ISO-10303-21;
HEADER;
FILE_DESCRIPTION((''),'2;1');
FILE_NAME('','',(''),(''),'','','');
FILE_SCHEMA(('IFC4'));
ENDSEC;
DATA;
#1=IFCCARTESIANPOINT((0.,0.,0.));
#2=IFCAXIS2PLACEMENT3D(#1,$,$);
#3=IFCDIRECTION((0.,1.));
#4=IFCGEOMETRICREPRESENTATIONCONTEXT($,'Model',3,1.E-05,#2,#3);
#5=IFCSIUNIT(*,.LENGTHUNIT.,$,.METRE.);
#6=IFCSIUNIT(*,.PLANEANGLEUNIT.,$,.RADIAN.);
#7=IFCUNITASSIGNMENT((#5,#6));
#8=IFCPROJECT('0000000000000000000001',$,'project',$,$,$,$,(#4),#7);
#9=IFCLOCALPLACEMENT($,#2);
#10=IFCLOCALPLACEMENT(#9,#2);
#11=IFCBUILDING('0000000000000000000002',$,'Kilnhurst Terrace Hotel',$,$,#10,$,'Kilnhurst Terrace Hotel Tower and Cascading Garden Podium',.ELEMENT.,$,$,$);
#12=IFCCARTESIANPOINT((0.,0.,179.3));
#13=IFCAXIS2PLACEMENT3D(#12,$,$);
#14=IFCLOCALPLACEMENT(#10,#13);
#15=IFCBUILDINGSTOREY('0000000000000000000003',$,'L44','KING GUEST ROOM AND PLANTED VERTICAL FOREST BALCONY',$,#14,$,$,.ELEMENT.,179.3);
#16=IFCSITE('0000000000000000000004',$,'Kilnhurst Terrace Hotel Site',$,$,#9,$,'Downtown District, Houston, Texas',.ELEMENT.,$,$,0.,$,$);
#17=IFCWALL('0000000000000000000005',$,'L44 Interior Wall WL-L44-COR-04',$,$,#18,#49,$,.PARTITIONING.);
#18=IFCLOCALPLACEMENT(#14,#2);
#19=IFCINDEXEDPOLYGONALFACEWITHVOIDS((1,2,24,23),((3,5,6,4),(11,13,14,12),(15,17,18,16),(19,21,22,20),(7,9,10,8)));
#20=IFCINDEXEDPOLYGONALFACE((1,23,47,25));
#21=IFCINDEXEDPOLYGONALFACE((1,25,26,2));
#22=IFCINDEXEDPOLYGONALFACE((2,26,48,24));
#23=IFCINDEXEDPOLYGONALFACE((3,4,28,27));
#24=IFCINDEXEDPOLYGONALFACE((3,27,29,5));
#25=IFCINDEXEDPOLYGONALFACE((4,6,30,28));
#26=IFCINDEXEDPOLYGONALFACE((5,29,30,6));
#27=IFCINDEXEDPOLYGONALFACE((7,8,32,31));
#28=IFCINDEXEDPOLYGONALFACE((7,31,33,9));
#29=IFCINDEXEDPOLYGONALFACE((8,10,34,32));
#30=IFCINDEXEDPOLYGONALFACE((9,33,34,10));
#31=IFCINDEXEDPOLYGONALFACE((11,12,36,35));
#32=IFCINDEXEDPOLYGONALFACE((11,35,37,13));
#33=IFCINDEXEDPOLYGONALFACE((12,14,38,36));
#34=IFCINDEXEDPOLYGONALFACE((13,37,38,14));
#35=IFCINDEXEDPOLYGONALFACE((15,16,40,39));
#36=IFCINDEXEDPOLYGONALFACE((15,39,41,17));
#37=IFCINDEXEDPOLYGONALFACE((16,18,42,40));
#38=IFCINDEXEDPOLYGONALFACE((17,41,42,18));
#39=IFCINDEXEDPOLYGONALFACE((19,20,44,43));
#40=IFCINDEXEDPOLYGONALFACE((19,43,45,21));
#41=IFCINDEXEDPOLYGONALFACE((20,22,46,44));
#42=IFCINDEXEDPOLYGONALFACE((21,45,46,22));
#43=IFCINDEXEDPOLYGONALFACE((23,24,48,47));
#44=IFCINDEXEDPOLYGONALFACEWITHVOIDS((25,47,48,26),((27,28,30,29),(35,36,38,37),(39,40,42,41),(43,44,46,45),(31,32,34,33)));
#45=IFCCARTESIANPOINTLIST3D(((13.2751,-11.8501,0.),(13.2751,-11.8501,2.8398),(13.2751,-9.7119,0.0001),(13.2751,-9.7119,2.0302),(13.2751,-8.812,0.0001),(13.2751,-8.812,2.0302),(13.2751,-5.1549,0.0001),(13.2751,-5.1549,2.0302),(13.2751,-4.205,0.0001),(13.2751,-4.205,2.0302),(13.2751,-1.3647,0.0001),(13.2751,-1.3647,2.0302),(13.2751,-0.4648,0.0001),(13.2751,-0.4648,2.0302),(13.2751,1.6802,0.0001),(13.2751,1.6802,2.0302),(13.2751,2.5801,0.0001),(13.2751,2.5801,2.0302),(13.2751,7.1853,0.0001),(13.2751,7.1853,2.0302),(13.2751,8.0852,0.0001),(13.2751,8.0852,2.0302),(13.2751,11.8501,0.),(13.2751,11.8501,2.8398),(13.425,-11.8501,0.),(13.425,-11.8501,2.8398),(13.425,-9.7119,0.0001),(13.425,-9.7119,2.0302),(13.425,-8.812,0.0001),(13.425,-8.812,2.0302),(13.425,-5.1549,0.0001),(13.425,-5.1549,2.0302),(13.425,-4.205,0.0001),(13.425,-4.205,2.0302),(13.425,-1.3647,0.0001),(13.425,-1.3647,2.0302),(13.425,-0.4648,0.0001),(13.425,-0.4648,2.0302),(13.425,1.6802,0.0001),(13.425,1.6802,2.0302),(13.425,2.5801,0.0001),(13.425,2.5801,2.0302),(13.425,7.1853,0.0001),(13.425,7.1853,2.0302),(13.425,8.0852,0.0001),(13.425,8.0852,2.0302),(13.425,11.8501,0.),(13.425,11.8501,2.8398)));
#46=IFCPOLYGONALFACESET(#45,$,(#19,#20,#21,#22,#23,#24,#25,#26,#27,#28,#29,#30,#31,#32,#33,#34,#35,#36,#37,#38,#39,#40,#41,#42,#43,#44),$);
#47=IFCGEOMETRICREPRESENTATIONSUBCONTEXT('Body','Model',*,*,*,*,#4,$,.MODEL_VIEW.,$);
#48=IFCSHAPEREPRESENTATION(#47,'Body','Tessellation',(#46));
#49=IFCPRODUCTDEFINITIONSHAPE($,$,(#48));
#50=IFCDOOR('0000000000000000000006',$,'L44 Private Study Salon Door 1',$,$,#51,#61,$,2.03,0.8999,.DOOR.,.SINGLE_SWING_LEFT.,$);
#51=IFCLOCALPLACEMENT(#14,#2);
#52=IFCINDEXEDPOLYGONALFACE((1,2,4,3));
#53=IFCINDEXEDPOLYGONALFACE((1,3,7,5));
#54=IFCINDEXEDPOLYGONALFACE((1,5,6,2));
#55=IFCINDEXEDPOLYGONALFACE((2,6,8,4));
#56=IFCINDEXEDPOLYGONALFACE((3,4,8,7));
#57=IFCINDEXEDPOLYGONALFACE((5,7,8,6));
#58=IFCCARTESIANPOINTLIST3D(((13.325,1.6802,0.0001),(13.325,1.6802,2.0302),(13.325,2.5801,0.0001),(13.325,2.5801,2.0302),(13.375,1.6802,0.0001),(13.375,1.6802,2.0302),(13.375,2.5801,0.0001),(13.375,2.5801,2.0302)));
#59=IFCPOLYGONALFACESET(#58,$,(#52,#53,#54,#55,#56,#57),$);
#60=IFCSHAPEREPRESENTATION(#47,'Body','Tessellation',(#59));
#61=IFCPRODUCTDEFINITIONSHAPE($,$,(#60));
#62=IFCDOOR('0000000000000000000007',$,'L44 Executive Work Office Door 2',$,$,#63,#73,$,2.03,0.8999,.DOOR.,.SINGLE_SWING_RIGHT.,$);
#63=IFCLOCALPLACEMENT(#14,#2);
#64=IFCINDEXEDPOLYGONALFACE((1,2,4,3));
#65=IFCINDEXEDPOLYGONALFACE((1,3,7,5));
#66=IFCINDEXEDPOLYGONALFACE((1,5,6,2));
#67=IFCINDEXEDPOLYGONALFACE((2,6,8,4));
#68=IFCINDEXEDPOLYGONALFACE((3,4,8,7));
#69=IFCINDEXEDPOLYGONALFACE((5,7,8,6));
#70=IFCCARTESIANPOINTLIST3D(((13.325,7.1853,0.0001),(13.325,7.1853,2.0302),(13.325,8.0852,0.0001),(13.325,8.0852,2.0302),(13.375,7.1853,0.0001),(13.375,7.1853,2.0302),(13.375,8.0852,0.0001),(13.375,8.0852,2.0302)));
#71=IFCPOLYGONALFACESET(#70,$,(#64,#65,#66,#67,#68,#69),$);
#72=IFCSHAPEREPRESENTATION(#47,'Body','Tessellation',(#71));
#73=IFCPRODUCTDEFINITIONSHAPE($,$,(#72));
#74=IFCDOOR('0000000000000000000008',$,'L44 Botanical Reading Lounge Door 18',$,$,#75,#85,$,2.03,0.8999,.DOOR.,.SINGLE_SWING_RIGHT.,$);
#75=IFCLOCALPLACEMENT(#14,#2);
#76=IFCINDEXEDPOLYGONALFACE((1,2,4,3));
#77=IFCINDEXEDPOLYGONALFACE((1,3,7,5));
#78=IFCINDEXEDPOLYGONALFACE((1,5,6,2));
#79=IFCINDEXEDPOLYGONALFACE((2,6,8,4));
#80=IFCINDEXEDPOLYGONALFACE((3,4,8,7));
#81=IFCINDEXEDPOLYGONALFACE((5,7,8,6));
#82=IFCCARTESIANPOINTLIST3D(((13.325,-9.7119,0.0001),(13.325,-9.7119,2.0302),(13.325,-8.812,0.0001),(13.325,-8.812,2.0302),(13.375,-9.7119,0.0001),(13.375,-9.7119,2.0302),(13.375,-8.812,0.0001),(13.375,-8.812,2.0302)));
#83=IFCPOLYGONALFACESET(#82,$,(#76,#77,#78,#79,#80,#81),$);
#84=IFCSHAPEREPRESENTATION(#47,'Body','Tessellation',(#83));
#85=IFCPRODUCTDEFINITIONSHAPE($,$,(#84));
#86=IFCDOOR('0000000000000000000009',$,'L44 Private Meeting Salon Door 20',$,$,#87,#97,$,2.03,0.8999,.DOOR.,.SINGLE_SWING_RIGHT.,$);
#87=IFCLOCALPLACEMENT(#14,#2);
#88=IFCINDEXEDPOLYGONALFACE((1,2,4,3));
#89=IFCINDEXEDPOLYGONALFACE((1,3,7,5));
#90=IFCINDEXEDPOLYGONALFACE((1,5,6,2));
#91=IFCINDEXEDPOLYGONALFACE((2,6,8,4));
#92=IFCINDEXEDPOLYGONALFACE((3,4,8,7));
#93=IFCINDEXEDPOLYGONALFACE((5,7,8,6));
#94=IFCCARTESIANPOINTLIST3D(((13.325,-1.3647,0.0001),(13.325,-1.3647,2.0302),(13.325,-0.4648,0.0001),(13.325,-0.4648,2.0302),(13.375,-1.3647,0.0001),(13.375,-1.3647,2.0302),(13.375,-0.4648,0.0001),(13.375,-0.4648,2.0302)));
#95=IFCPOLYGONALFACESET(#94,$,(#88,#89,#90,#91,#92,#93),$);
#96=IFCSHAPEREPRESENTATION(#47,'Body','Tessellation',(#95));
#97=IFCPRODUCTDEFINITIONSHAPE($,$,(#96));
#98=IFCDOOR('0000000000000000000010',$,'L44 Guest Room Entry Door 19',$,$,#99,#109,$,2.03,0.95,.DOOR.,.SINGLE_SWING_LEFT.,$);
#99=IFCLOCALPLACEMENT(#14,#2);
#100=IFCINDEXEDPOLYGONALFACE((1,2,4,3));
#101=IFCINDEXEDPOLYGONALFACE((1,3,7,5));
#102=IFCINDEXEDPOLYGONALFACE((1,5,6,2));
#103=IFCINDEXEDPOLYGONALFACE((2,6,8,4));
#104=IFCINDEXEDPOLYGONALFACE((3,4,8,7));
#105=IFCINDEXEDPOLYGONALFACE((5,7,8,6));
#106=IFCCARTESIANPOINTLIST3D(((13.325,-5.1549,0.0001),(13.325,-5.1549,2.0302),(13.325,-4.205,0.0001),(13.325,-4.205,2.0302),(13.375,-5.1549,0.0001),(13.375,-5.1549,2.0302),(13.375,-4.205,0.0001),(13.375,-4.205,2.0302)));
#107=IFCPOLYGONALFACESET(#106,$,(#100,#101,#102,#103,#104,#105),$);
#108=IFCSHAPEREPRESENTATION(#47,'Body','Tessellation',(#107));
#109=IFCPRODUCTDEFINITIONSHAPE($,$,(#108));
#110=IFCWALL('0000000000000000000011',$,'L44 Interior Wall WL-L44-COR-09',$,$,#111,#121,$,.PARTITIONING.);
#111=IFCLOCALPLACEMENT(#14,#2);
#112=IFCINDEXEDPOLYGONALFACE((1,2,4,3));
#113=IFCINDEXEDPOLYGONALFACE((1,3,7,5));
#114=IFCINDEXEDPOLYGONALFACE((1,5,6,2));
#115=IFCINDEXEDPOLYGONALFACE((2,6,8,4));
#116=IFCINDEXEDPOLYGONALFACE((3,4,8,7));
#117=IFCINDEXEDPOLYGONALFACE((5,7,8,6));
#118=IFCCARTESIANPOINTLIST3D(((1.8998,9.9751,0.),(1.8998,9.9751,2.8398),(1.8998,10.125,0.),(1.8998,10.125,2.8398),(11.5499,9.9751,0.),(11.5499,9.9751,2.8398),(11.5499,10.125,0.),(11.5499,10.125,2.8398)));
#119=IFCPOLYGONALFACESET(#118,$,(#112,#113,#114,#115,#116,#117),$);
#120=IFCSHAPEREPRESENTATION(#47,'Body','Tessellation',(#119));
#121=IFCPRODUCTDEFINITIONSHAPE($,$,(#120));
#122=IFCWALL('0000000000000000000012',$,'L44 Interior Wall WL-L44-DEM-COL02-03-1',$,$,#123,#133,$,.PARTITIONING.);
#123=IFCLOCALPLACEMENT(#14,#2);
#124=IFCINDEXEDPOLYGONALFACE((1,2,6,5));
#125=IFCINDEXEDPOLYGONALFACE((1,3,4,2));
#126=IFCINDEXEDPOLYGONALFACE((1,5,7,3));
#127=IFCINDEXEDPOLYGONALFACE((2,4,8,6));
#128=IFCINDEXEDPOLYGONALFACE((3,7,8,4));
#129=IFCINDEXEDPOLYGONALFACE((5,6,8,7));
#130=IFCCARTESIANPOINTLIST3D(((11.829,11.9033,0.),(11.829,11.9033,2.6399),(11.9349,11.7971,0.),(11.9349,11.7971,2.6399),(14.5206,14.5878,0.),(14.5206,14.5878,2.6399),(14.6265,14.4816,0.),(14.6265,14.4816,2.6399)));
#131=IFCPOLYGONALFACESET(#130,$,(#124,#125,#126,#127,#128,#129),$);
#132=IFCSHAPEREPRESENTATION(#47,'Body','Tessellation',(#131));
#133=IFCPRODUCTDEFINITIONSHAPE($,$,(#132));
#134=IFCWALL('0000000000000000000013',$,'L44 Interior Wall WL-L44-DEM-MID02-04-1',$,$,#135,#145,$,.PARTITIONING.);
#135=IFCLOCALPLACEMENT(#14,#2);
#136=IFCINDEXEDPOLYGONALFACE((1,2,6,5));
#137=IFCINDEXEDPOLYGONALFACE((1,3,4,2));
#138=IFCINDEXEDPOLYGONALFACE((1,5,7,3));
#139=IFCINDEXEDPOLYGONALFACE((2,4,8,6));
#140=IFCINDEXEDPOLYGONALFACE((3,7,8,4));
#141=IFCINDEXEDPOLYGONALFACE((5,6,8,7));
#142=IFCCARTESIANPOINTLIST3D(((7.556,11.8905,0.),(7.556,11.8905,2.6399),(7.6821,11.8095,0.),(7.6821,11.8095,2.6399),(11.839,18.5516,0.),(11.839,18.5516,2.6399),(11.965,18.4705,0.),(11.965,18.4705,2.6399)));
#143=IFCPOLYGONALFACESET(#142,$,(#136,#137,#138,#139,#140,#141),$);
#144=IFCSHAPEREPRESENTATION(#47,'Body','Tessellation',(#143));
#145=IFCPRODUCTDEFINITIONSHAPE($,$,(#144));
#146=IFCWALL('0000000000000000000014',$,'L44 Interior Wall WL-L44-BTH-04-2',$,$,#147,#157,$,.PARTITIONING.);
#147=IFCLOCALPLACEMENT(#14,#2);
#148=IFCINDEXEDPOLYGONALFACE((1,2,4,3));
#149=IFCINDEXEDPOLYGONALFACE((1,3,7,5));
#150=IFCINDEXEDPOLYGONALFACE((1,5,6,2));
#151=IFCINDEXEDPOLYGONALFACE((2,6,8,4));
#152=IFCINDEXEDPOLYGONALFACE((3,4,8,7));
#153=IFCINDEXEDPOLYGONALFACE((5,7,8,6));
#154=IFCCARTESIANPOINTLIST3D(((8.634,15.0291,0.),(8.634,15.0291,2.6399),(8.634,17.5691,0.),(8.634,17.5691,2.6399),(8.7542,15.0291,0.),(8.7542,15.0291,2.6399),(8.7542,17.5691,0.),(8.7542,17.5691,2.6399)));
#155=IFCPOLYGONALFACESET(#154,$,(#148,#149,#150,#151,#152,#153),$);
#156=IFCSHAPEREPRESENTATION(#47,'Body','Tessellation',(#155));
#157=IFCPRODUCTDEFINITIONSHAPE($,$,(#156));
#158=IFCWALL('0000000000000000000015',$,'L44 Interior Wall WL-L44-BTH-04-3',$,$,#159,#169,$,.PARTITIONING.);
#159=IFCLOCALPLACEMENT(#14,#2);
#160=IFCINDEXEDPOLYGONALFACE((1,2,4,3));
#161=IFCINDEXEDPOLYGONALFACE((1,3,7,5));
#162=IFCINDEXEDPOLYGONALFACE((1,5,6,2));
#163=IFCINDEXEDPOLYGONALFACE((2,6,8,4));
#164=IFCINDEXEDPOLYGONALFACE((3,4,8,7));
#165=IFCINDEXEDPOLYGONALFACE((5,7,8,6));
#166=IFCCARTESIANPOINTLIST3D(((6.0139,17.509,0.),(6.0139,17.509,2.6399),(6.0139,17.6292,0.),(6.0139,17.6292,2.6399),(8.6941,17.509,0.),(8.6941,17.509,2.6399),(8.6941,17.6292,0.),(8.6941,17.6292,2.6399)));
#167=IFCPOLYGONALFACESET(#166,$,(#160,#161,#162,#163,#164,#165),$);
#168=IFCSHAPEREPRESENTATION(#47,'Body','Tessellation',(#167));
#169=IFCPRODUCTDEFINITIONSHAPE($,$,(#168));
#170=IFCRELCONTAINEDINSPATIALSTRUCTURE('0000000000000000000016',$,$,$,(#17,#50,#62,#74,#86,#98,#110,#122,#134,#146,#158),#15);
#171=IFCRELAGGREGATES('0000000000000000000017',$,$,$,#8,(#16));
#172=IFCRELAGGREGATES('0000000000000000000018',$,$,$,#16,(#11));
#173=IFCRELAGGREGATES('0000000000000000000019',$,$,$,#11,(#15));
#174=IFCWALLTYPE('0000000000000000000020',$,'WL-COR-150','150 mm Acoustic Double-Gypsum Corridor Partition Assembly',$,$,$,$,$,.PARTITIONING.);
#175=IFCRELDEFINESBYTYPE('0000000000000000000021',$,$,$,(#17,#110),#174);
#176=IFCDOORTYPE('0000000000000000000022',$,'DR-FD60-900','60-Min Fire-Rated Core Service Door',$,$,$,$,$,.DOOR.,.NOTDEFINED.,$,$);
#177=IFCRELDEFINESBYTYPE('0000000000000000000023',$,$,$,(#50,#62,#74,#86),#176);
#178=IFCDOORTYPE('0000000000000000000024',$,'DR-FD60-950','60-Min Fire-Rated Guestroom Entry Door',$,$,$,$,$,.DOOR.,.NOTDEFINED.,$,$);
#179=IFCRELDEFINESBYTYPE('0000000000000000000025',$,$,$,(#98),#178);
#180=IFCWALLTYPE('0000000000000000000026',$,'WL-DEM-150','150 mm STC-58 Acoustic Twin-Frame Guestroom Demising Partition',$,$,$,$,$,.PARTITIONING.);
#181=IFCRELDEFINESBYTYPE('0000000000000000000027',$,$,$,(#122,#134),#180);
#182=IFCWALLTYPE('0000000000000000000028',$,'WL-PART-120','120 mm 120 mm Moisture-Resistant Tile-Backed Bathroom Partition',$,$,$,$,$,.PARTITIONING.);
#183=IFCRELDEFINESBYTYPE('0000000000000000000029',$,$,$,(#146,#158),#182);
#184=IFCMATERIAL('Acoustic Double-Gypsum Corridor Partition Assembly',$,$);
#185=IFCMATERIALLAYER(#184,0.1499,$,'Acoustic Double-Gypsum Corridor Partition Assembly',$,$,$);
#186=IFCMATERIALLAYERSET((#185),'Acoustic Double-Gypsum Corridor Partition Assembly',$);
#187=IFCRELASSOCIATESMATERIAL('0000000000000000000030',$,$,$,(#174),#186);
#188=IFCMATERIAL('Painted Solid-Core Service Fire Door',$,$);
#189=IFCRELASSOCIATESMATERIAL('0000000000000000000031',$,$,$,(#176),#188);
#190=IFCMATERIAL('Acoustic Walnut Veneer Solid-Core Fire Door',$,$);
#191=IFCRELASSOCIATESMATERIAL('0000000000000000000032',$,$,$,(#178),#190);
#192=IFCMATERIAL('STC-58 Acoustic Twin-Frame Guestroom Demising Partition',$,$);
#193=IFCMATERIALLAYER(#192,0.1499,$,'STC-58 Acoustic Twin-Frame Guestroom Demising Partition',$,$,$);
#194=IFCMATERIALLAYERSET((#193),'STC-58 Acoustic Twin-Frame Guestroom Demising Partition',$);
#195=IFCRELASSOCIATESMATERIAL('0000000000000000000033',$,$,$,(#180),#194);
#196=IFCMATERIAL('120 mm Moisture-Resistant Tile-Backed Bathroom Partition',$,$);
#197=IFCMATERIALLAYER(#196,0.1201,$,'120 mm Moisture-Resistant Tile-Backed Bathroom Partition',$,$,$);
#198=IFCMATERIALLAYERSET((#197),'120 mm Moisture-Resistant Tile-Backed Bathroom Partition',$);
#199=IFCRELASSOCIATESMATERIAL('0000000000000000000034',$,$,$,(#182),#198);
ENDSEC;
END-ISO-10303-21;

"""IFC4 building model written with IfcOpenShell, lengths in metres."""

from ifc_helpers import new_model, si_unit, direction, frame, frame_2d, origin, place, context, subcontext, project, spatial, rectangle, extrude, material, layer, layer_set, type_object, element, fill, save


model = new_model("IFC4")

# Units and contexts
model_context = context("Model", 3, precision=1e-05, world=origin(), true_north=direction((0.0, 1.0)))
body_context = subcontext(model_context, "Body", "Model", "MODEL_VIEW")
ifc_project = project(units=[si_unit("LENGTHUNIT", "METRE"), si_unit("PLANEANGLEUNIT", "RADIAN")], contexts=[model_context])

# Site, building, storey
site_placement = place(None, origin())
site = spatial("IfcSite", under=ifc_project, at=site_placement, Name="Kilnhurst Terrace Hotel Site", LongName="Downtown District, Houston, Texas", CompositionType="ELEMENT", RefElevation=0.0)
building_placement = place(site_placement, origin())
building = spatial("IfcBuilding", under=site, at=building_placement, Name="Kilnhurst Terrace Hotel", LongName="Kilnhurst Terrace Hotel Tower and Cascading Garden Podium", CompositionType="ELEMENT")
storey_placement = place(building_placement, frame((0.0, 0.0, 179.3)))
storey = spatial("IfcBuildingStorey", under=building, at=storey_placement, Name="L44", Description="KING GUEST ROOM AND PLANTED VERTICAL FOREST BALCONY", CompositionType="ELEMENT", Elevation=179.3)

# Wall, openings, doors
ifc_material_1 = material(Name="Acoustic Double-Gypsum Corridor Partition Assembly")
ifc_layer_1 = layer(ifc_material_1, 0.1499, Name="Acoustic Double-Gypsum Corridor Partition Assembly")
ifc_layer_set_1 = layer_set([ifc_layer_1], Name="Acoustic Double-Gypsum Corridor Partition Assembly")
wall_type_1 = type_object("IfcWallType", Name="WL-COR-150", Description="150 mm Acoustic Double-Gypsum Corridor Partition Assembly", PredefinedType="PARTITIONING", material=ifc_layer_set_1)
wall_1_placement = place(storey_placement, frame((13.3501, 11.8501, 0.0), z_axis=(0.0, 0.0, 1.0), x_axis=(0.0, -1.0, 0.0)))
wall_1 = element("IfcWall", 1, at=wall_1_placement, inside=storey, type_object=wall_type_1, Name="L44 Interior Wall WL-L44-COR-04", PredefinedType="PARTITIONING", context=body_context, shape_type="SweptSolid", body=[
    extrude(rectangle(XDim=23.7002, YDim=0.1499, at=frame_2d((11.8501, 0.0))), origin(), (0.0, 0.0, 1.0), 2.8398),
])
opening_1_placement = place(wall_1_placement, frame((9.27, 0.0, 0.0)))
opening_1 = element("IfcOpeningElement", 2, at=opening_1_placement, cuts=wall_1, PredefinedType="OPENING", context=body_context, shape_type="SweptSolid", body=[
    extrude(rectangle(XDim=0.8999, YDim=2.03, at=frame_2d((0.45, 1.0151))), frame((0.0, 0.085, 0.0), z_axis=(0.0, -1.0, 0.0), x_axis=(1.0, 0.0, 0.0)), (0.0, 0.0, 1.0), 0.1699),
])
opening_2_placement = place(wall_1_placement, frame((3.7649, 0.0, 0.0)))
opening_2 = element("IfcOpeningElement", 3, at=opening_2_placement, cuts=wall_1, PredefinedType="OPENING", context=body_context, shape_type="SweptSolid", body=[
    extrude(rectangle(XDim=0.8999, YDim=2.03, at=frame_2d((0.45, 1.0151))), frame((0.0, 0.085, 0.0), z_axis=(0.0, -1.0, 0.0), x_axis=(1.0, 0.0, 0.0)), (0.0, 0.0, 1.0), 0.1699),
])
opening_3_placement = place(wall_1_placement, frame((20.6621, 0.0, 0.0)))
opening_3 = element("IfcOpeningElement", 4, at=opening_3_placement, cuts=wall_1, PredefinedType="OPENING", context=body_context, shape_type="SweptSolid", body=[
    extrude(rectangle(XDim=0.8999, YDim=2.03, at=frame_2d((0.45, 1.0151))), frame((0.0, 0.085, 0.0), z_axis=(0.0, -1.0, 0.0), x_axis=(1.0, 0.0, 0.0)), (0.0, 0.0, 1.0), 0.1699),
])
opening_4_placement = place(wall_1_placement, frame((16.0549, 0.0, 0.0)))
opening_4 = element("IfcOpeningElement", 5, at=opening_4_placement, cuts=wall_1, PredefinedType="OPENING", context=body_context, shape_type="SweptSolid", body=[
    extrude(rectangle(XDim=0.95, YDim=2.03, at=frame_2d((0.4751, 1.0151))), frame((0.0, 0.085, 0.0), z_axis=(0.0, -1.0, 0.0), x_axis=(1.0, 0.0, 0.0)), (0.0, 0.0, 1.0), 0.1699),
])
opening_5_placement = place(wall_1_placement, frame((12.3149, 0.0, 0.0)))
opening_5 = element("IfcOpeningElement", 6, at=opening_5_placement, cuts=wall_1, PredefinedType="OPENING", context=body_context, shape_type="SweptSolid", body=[
    extrude(rectangle(XDim=0.8999, YDim=2.03, at=frame_2d((0.45, 1.0151))), frame((0.0, 0.085, 0.0), z_axis=(0.0, -1.0, 0.0), x_axis=(1.0, 0.0, 0.0)), (0.0, 0.0, 1.0), 0.1699),
])
ifc_material_2 = material(Name="Painted Solid-Core Service Fire Door")
door_type_1 = type_object("IfcDoorType", Name="DR-FD60-900", Description="60-Min Fire-Rated Core Service Door", OperationType="NOTDEFINED", PredefinedType="DOOR", material=ifc_material_2)
door_1_placement = place(opening_1_placement, origin())
door_1 = element("IfcDoor", 7, at=door_1_placement, inside=storey, type_object=door_type_1, Name="L44 Private Study Salon Door 1", OperationType="SINGLE_SWING_LEFT", OverallHeight=2.03, OverallWidth=0.8999, PredefinedType="DOOR", context=body_context, shape_type="SweptSolid", body=[
    extrude(rectangle(XDim=0.8999, YDim=2.03, at=frame_2d((0.45, 1.0151))), frame((0.0, 0.0249, 0.0), z_axis=(0.0, -1.0, 0.0), x_axis=(1.0, 0.0, 0.0)), (0.0, 0.0, 1.0), 0.05),
])
fill(opening_1, door_1)
door_2_placement = place(opening_2_placement, origin())
door_2 = element("IfcDoor", 8, at=door_2_placement, inside=storey, type_object=door_type_1, Name="L44 Executive Work Office Door 2", OperationType="SINGLE_SWING_RIGHT", OverallHeight=2.03, OverallWidth=0.8999, PredefinedType="DOOR", context=body_context, shape_type="SweptSolid", body=[
    extrude(rectangle(XDim=0.8999, YDim=2.03, at=frame_2d((0.45, 1.0151))), frame((0.0, 0.0249, 0.0), z_axis=(0.0, -1.0, 0.0), x_axis=(1.0, 0.0, 0.0)), (0.0, 0.0, 1.0), 0.05),
])
fill(opening_2, door_2)
door_3_placement = place(opening_3_placement, origin())
door_3 = element("IfcDoor", 9, at=door_3_placement, inside=storey, type_object=door_type_1, Name="L44 Botanical Reading Lounge Door 18", OperationType="SINGLE_SWING_RIGHT", OverallHeight=2.03, OverallWidth=0.8999, PredefinedType="DOOR", context=body_context, shape_type="SweptSolid", body=[
    extrude(rectangle(XDim=0.8999, YDim=2.03, at=frame_2d((0.45, 1.0151))), frame((0.0, 0.0249, 0.0), z_axis=(0.0, -1.0, 0.0), x_axis=(1.0, 0.0, 0.0)), (0.0, 0.0, 1.0), 0.05),
])
fill(opening_3, door_3)
door_4_placement = place(opening_5_placement, origin())
door_4 = element("IfcDoor", 10, at=door_4_placement, inside=storey, type_object=door_type_1, Name="L44 Private Meeting Salon Door 20", OperationType="SINGLE_SWING_RIGHT", OverallHeight=2.03, OverallWidth=0.8999, PredefinedType="DOOR", context=body_context, shape_type="SweptSolid", body=[
    extrude(rectangle(XDim=0.8999, YDim=2.03, at=frame_2d((0.45, 1.0151))), frame((0.0, 0.0249, 0.0), z_axis=(0.0, -1.0, 0.0), x_axis=(1.0, 0.0, 0.0)), (0.0, 0.0, 1.0), 0.05),
])
fill(opening_5, door_4)
ifc_material_3 = material(Name="Acoustic Walnut Veneer Solid-Core Fire Door")
door_type_2 = type_object("IfcDoorType", Name="DR-FD60-950", Description="60-Min Fire-Rated Guestroom Entry Door", OperationType="NOTDEFINED", PredefinedType="DOOR", material=ifc_material_3)
door_5_placement = place(opening_4_placement, origin())
door_5 = element("IfcDoor", 11, at=door_5_placement, inside=storey, type_object=door_type_2, Name="L44 Guest Room Entry Door 19", OperationType="SINGLE_SWING_LEFT", OverallHeight=2.03, OverallWidth=0.95, PredefinedType="DOOR", context=body_context, shape_type="SweptSolid", body=[
    extrude(rectangle(XDim=0.95, YDim=2.03, at=frame_2d((0.4751, 1.0151))), frame((0.0, 0.0249, 0.0), z_axis=(0.0, -1.0, 0.0), x_axis=(1.0, 0.0, 0.0)), (0.0, 0.0, 1.0), 0.05),
])
fill(opening_4, door_5)

# Walls
wall_2_placement = place(storey_placement, frame((11.55, 10.05, 0.0), z_axis=(0.0, 0.0, 1.0), x_axis=(-1.0, 0.0, 0.0)))
element("IfcWall", 12, at=wall_2_placement, inside=storey, type_object=wall_type_1, Name="L44 Interior Wall WL-L44-COR-09", PredefinedType="PARTITIONING", context=body_context, shape_type="SweptSolid", body=[
    extrude(rectangle(XDim=9.6501, YDim=0.1499, at=frame_2d((4.8252, 0.0))), origin(), (0.0, 0.0, 1.0), 2.8398),
])
ifc_material_4 = material(Name="STC-58 Acoustic Twin-Frame Guestroom Demising Partition")
ifc_layer_2 = layer(ifc_material_4, 0.1499, Name="STC-58 Acoustic Twin-Frame Guestroom Demising Partition")
ifc_layer_set_2 = layer_set([ifc_layer_2], Name="STC-58 Acoustic Twin-Frame Guestroom Demising Partition")
wall_type_2 = type_object("IfcWallType", Name="WL-DEM-150", Description="150 mm STC-58 Acoustic Twin-Frame Guestroom Demising Partition", PredefinedType="PARTITIONING", material=ifc_layer_set_2)
wall_3_placement = place(storey_placement, frame((11.8818, 11.8501, 0.0), z_axis=(0.0, 0.0, 1.0), x_axis=(0.708037, 0.706175, 0.0)))
element("IfcWall", 13, at=wall_3_placement, inside=storey, type_object=wall_type_2, Name="L44 Interior Wall WL-L44-DEM-COL02-03-1", PredefinedType="PARTITIONING", context=body_context, shape_type="SweptSolid", body=[
    extrude(rectangle(XDim=3.8015, YDim=0.1499, at=frame_2d((1.9009, 0.0))), origin(), (0.0, 0.0, 1.0), 2.6399),
])
wall_4_placement = place(storey_placement, frame((7.6191, 11.8501, 0.0), z_axis=(0.0, 0.0, 1.0), x_axis=(0.540829, 0.841132, 0.0)))
element("IfcWall", 14, at=wall_4_placement, inside=storey, type_object=wall_type_2, Name="L44 Interior Wall WL-L44-DEM-MID02-04-1", PredefinedType="PARTITIONING", context=body_context, shape_type="SweptSolid", body=[
    extrude(rectangle(XDim=7.9192, YDim=0.1499, at=frame_2d((3.9595, 0.0))), origin(), (0.0, 0.0, 1.0), 2.6399),
])
ifc_material_5 = material(Name="120 mm Moisture-Resistant Tile-Backed Bathroom Partition")
ifc_layer_3 = layer(ifc_material_5, 0.1201, Name="120 mm Moisture-Resistant Tile-Backed Bathroom Partition")
ifc_layer_set_3 = layer_set([ifc_layer_3], Name="120 mm Moisture-Resistant Tile-Backed Bathroom Partition")
wall_type_3 = type_object("IfcWallType", Name="WL-PART-120", Description="120 mm 120 mm Moisture-Resistant Tile-Backed Bathroom Partition", PredefinedType="PARTITIONING", material=ifc_layer_set_3)
wall_5_placement = place(storey_placement, frame((8.6941, 15.0291, 0.0), z_axis=(0.0, 0.0, 1.0), x_axis=(0.0, 1.0, 0.0)))
element("IfcWall", 15, at=wall_5_placement, inside=storey, type_object=wall_type_3, Name="L44 Interior Wall WL-L44-BTH-04-2", PredefinedType="PARTITIONING", context=body_context, shape_type="SweptSolid", body=[
    extrude(rectangle(XDim=2.54, YDim=0.1201, at=frame_2d((1.27, 0.0))), origin(), (0.0, 0.0, 1.0), 2.6399),
])
wall_6_placement = place(storey_placement, frame((8.6941, 17.5691, 0.0), z_axis=(0.0, 0.0, 1.0), x_axis=(-1.0, 0.0, 0.0)))
element("IfcWall", 16, at=wall_6_placement, inside=storey, type_object=wall_type_3, Name="L44 Interior Wall WL-L44-BTH-04-3", PredefinedType="PARTITIONING", context=body_context, shape_type="SweptSolid", body=[
    extrude(rectangle(XDim=2.6802, YDim=0.1201, at=frame_2d((1.3401, 0.0))), origin(), (0.0, 0.0, 1.0), 2.6399),
])

save(model, "model.ifc")
